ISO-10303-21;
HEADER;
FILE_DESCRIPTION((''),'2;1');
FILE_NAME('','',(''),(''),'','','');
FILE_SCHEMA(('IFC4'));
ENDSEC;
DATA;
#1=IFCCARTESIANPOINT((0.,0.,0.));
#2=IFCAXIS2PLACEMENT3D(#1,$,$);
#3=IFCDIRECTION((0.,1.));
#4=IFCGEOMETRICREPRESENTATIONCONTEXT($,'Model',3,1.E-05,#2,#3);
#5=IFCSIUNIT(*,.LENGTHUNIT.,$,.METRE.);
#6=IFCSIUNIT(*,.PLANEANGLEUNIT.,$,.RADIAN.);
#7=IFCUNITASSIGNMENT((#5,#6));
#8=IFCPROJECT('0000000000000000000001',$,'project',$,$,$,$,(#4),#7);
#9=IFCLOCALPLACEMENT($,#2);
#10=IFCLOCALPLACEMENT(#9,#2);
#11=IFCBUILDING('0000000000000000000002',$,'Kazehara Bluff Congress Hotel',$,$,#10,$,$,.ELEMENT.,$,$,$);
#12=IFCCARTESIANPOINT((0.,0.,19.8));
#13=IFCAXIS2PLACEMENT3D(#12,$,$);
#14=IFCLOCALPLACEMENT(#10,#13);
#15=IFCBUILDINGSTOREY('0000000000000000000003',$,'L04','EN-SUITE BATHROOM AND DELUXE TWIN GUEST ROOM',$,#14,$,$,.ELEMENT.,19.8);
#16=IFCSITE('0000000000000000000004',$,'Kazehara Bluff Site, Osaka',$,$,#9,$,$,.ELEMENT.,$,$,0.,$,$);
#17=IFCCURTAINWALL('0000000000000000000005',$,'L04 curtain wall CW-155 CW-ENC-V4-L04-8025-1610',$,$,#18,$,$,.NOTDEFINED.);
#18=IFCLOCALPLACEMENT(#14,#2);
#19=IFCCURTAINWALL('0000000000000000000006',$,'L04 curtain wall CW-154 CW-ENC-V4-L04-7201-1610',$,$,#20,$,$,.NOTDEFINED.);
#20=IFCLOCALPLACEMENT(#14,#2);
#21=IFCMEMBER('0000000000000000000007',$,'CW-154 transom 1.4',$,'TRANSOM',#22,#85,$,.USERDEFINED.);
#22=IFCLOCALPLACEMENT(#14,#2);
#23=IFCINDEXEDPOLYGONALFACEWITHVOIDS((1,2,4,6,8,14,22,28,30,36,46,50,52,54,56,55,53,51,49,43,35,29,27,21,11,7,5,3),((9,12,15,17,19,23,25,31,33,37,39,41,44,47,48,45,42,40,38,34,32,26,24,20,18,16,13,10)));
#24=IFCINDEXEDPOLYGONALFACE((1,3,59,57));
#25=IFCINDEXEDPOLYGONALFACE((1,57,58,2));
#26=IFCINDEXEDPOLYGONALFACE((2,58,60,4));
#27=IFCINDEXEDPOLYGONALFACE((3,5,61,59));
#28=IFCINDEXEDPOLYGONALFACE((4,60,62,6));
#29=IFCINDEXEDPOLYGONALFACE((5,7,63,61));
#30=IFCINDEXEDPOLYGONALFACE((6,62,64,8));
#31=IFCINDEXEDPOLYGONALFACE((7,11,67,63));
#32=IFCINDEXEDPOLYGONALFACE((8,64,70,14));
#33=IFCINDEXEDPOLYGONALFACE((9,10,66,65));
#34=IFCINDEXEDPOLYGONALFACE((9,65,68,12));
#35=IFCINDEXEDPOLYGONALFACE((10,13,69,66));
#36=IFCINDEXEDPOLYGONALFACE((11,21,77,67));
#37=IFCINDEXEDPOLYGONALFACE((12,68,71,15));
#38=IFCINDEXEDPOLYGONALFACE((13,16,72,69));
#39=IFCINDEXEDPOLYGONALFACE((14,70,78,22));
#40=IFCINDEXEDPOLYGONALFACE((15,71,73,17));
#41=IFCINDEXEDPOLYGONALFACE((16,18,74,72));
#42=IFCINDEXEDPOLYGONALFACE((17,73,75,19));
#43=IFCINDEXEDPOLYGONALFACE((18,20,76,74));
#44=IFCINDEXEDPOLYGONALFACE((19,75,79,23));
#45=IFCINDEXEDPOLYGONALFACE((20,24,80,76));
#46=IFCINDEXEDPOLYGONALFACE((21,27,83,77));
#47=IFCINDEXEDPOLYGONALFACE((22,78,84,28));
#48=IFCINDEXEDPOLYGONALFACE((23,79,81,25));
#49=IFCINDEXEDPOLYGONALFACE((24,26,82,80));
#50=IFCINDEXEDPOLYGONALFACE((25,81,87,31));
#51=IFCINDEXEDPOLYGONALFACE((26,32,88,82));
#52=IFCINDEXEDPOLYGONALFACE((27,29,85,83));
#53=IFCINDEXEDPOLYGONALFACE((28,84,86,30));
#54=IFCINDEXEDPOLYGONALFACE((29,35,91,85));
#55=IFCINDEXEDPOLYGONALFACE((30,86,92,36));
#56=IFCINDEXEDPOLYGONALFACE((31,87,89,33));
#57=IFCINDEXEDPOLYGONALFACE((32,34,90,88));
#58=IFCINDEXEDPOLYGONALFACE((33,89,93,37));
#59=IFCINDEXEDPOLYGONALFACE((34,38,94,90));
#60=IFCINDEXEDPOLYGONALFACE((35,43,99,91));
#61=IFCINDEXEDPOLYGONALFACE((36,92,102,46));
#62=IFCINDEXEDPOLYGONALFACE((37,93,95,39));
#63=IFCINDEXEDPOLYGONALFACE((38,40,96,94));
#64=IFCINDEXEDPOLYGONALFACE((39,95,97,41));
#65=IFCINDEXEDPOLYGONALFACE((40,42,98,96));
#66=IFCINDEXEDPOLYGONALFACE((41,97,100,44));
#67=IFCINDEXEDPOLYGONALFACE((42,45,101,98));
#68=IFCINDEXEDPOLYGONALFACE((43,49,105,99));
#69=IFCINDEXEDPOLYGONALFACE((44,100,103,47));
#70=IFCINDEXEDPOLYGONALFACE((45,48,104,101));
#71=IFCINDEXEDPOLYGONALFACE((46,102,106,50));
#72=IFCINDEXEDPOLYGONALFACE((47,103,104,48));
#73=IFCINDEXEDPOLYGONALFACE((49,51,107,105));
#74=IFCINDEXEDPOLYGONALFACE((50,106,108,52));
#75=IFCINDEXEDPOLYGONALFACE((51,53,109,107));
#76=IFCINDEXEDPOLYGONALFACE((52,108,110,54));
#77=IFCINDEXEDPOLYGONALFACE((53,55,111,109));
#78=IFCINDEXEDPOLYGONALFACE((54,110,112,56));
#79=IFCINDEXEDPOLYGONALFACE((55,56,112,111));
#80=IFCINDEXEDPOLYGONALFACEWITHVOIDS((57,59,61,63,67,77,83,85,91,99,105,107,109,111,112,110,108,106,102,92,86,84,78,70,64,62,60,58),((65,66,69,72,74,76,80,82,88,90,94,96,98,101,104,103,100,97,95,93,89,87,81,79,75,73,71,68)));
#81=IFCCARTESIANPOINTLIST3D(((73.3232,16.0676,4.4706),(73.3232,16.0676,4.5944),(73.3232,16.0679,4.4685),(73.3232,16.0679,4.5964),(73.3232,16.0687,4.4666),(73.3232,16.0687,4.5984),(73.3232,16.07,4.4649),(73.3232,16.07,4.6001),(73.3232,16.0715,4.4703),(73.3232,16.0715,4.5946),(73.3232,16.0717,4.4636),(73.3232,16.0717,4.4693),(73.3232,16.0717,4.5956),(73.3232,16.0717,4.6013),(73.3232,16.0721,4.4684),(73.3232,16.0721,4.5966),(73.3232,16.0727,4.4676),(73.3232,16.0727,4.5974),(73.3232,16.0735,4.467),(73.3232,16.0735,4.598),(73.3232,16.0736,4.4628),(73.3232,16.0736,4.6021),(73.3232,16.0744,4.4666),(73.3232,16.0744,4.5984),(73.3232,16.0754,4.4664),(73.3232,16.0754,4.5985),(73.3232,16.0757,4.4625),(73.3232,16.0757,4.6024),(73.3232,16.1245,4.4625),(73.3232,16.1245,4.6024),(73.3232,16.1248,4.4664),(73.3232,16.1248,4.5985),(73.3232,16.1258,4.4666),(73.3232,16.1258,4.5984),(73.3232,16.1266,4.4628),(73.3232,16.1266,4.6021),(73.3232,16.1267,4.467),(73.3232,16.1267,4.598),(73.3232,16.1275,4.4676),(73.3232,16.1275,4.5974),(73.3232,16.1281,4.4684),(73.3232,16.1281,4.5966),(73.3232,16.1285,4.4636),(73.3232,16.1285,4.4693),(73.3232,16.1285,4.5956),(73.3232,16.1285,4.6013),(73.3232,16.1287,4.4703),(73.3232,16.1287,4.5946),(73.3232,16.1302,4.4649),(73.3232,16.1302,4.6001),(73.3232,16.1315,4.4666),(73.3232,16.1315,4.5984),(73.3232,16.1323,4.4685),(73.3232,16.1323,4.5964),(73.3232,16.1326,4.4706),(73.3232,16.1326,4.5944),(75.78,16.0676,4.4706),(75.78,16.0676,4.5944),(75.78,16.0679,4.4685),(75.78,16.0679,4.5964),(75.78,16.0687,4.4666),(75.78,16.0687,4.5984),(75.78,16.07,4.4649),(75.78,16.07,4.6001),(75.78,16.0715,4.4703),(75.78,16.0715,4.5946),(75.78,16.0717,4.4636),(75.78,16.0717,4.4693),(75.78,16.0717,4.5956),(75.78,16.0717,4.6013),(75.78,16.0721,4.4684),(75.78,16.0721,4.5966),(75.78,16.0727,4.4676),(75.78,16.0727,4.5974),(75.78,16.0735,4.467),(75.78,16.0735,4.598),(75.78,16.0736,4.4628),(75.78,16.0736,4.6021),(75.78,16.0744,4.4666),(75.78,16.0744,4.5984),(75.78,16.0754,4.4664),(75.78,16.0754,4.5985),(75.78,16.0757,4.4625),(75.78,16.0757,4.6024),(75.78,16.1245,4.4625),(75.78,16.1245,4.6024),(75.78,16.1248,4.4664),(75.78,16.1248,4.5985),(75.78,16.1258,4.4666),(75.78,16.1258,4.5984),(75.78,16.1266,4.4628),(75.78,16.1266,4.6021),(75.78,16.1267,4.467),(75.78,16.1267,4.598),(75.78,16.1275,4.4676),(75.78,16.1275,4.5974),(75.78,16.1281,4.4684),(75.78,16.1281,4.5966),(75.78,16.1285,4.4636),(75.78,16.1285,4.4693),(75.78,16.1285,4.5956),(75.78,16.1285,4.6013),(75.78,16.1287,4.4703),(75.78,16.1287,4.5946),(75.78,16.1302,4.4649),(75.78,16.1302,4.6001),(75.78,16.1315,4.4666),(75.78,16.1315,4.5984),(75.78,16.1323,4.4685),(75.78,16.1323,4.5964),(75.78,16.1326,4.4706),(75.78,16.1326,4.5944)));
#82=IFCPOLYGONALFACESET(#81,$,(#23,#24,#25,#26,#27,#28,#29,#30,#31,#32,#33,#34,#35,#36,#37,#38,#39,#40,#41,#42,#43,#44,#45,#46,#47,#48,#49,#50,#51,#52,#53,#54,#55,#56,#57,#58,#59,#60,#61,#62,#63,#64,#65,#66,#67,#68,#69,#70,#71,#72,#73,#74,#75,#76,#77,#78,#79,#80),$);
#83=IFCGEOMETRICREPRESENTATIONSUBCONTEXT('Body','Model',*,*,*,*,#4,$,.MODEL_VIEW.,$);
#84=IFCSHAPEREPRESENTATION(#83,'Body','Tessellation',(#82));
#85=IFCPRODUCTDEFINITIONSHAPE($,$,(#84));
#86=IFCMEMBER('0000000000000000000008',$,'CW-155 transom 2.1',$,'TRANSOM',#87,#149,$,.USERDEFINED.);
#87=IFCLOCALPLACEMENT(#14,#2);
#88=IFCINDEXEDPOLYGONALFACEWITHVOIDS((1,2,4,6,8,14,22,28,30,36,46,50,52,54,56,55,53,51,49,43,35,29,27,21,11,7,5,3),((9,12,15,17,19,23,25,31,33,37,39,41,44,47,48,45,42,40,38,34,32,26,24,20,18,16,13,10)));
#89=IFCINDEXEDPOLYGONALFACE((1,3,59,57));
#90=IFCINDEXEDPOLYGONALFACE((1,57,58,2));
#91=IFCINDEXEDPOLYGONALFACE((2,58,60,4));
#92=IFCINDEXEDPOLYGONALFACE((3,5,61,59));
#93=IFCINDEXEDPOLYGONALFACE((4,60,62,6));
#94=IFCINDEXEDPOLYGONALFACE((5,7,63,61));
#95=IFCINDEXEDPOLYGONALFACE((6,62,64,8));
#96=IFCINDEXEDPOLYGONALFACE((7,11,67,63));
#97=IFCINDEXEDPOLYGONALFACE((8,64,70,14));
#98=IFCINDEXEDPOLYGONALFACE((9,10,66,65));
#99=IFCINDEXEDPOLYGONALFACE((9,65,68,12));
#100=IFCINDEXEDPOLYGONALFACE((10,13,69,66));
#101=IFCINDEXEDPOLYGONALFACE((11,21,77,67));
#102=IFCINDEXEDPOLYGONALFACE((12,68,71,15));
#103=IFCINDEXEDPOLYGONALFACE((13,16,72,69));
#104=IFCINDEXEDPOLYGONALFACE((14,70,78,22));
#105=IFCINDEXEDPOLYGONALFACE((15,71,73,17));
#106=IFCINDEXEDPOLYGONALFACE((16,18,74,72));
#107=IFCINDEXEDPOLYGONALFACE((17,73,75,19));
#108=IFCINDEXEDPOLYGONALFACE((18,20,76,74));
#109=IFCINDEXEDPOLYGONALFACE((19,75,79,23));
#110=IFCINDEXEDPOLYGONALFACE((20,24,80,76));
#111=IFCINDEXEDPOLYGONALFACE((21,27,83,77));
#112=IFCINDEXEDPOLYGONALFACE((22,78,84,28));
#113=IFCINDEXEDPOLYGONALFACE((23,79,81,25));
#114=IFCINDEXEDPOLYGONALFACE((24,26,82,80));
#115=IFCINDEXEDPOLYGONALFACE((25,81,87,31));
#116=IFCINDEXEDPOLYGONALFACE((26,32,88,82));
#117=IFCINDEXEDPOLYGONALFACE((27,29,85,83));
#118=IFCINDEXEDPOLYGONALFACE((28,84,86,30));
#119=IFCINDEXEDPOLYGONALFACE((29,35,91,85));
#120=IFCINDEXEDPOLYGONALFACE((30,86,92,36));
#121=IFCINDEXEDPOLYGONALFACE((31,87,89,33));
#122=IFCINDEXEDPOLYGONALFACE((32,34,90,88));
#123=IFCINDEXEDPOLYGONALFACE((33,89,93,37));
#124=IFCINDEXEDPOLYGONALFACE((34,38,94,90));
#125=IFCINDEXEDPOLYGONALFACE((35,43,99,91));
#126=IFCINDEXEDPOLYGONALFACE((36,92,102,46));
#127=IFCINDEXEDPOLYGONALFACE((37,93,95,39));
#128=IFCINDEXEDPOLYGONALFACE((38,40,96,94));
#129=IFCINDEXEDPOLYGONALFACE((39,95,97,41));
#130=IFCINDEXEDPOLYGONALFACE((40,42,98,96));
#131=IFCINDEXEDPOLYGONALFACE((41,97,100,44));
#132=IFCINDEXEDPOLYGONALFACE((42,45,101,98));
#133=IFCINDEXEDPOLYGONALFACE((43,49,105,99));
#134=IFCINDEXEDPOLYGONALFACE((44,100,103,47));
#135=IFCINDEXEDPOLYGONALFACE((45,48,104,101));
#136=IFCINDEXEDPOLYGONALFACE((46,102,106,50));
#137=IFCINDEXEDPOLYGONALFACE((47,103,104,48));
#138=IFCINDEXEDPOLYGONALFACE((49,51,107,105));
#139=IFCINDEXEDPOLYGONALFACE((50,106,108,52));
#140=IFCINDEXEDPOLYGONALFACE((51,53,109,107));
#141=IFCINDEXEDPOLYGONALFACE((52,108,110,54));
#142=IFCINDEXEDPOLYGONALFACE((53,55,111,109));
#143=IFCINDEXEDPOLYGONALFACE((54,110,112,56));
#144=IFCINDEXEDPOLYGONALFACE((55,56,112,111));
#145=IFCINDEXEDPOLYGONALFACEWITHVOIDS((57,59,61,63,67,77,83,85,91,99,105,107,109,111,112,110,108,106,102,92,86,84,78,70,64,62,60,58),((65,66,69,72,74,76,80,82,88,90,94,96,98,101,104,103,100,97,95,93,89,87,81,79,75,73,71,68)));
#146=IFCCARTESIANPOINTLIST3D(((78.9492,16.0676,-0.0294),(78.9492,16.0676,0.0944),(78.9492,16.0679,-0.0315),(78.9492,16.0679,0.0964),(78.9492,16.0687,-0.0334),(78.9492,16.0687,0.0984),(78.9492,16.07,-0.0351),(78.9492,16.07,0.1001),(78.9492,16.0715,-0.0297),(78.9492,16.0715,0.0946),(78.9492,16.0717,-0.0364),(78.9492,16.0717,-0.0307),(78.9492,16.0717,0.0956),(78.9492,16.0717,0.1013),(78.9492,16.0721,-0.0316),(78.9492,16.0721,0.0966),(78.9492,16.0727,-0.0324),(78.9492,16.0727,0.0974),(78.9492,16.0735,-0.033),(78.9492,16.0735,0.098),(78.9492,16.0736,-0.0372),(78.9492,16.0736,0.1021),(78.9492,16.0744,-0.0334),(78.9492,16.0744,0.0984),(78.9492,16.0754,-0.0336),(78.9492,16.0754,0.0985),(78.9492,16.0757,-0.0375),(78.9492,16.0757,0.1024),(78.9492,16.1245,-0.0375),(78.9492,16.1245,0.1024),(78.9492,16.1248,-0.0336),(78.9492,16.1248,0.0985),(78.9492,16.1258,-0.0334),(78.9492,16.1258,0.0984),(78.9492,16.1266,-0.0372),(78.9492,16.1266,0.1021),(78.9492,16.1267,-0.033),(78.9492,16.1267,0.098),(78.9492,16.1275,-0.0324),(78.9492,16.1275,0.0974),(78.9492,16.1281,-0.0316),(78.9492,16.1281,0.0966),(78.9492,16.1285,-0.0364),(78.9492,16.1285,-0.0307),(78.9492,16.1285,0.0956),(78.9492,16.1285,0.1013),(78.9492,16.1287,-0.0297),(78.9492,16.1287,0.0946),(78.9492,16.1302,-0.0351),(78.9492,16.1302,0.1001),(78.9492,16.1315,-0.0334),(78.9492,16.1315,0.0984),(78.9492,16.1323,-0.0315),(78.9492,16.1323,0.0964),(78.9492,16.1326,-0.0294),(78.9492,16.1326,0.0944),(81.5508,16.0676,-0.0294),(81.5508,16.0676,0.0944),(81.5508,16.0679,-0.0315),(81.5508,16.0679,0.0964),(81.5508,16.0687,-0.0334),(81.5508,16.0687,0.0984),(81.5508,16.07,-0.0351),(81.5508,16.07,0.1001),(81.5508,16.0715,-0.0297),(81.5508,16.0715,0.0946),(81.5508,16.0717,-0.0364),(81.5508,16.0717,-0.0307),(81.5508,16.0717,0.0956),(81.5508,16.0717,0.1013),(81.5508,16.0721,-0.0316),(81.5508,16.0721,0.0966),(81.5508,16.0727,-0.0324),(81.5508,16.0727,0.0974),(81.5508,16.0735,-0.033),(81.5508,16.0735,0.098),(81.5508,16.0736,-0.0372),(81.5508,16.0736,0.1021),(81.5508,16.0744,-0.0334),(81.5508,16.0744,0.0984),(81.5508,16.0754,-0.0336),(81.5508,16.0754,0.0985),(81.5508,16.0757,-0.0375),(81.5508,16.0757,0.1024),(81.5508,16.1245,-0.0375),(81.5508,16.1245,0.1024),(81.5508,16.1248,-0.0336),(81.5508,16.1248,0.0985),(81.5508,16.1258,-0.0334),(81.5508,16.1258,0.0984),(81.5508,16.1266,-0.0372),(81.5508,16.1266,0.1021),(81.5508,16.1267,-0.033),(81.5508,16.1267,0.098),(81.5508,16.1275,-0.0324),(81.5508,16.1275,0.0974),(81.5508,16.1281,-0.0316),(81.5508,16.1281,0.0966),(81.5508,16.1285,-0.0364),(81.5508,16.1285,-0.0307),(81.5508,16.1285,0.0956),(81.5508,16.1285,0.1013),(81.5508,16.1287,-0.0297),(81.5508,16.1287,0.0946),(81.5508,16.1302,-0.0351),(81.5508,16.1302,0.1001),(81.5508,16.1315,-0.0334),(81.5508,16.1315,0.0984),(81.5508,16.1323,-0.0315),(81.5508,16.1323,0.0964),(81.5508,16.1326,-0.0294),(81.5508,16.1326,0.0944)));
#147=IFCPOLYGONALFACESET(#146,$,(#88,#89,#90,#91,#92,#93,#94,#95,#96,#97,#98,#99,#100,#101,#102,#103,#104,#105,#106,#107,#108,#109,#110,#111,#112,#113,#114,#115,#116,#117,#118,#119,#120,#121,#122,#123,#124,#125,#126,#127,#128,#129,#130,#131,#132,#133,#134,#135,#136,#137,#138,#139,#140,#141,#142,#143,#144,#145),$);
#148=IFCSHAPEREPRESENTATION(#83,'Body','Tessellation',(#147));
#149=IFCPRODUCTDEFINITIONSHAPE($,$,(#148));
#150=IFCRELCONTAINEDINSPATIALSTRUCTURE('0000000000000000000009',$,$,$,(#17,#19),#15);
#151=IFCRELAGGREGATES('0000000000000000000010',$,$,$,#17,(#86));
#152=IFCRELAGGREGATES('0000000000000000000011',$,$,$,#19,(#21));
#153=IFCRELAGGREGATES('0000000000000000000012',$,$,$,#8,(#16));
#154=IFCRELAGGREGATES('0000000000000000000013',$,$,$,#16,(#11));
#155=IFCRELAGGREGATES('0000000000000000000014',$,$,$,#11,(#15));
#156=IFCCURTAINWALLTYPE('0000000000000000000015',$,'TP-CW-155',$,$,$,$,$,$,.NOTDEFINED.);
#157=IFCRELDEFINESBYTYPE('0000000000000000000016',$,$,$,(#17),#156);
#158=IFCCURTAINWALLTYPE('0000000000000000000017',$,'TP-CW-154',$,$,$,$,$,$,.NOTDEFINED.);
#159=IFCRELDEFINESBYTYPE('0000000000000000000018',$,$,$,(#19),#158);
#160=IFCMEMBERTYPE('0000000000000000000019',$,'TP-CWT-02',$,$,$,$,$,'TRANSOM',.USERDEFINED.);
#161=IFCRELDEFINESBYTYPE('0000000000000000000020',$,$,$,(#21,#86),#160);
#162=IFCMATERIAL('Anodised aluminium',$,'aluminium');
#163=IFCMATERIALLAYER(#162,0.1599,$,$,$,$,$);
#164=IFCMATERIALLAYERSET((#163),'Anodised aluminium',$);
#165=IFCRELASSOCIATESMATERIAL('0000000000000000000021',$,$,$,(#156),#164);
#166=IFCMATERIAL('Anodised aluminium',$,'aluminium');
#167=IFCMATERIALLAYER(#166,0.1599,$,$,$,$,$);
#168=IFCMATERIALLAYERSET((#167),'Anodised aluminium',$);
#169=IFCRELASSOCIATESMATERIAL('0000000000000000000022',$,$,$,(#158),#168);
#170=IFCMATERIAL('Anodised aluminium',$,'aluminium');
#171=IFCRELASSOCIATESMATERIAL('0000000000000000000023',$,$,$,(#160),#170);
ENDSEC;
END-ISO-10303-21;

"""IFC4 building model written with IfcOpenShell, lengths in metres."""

from ifc_helpers import new_model, si_unit, direction, frame, origin, origin_2d, place, context, subcontext, project, spatial, hollow_rectangle, extrude, material, layer, layer_set, material_profile, profile_set, type_object, element, aggregate, save


model = new_model("IFC4")

# Units and contexts
model_context = context("Model", 3, precision=1e-05, world=origin(), true_north=direction((0.0, 1.0)))
body_context = subcontext(model_context, "Body", "Model", "MODEL_VIEW")
ifc_project = project(units=[si_unit("LENGTHUNIT", "METRE"), si_unit("PLANEANGLEUNIT", "RADIAN")], contexts=[model_context])

# Site, building, storey
site_placement = place(None, origin())
site = spatial("IfcSite", under=ifc_project, at=site_placement, Name="Kazehara Bluff Site, Osaka", CompositionType="ELEMENT", RefElevation=0.0)
building_placement = place(site_placement, origin())
building = spatial("IfcBuilding", under=site, at=building_placement, Name="Kazehara Bluff Congress Hotel", CompositionType="ELEMENT")
storey_placement = place(building_placement, frame((0.0, 0.0, 19.8)))
storey = spatial("IfcBuildingStorey", under=building, at=storey_placement, Name="L04", Description="EN-SUITE BATHROOM AND DELUXE TWIN GUEST ROOM", CompositionType="ELEMENT", Elevation=19.8)

# Curtain walls, member
ifc_material_1 = material(Name="Anodised aluminium", Category="aluminium")
ifc_layer_1 = layer(ifc_material_1, 0.1599)
ifc_layer_set_1 = layer_set([ifc_layer_1], Name="Anodised aluminium")
curtain_wall_type_1 = type_object("IfcCurtainWallType", Name="TP-CW-155", PredefinedType="NOTDEFINED", material=ifc_layer_set_1)
curtain_wall_1_placement = place(storey_placement, origin())
curtain_wall_1 = element("IfcCurtainWall", 1, at=curtain_wall_1_placement, inside=storey, type_object=curtain_wall_type_1, Name="L04 curtain wall CW-155 CW-ENC-V4-L04-8025-1610", PredefinedType="NOTDEFINED")
ifc_material_2 = material(Name="Anodised aluminium", Category="aluminium")
ifc_layer_2 = layer(ifc_material_2, 0.1599)
ifc_layer_set_2 = layer_set([ifc_layer_2], Name="Anodised aluminium")
curtain_wall_type_2 = type_object("IfcCurtainWallType", Name="TP-CW-154", PredefinedType="NOTDEFINED", material=ifc_layer_set_2)
curtain_wall_2_placement = place(storey_placement, origin())
curtain_wall_2 = element("IfcCurtainWall", 2, at=curtain_wall_2_placement, inside=storey, type_object=curtain_wall_type_2, Name="L04 curtain wall CW-154 CW-ENC-V4-L04-7201-1610", PredefinedType="NOTDEFINED")
ifc_material_3 = material(Name="Anodised aluminium", Category="aluminium")
ifc_material_profile_1 = material_profile(ifc_material_3, hollow_rectangle(XDim=0.0649, YDim=0.1399, WallThickness=0.0039, InnerFilletRadius=0.0039, OuterFilletRadius=0.0081, at=origin_2d()))
ifc_profile_set_1 = profile_set([ifc_material_profile_1], Name="Anodised aluminium")
member_type_1 = type_object("IfcMemberType", Name="TP-CWT-02", ElementType="TRANSOM", PredefinedType="USERDEFINED", material=ifc_profile_set_1)
member_1_placement = place(storey_placement, frame((75.78, 16.1001, 4.5325), z_axis=(-1.0, 0.0, 0.0), x_axis=(0.0, -1.0, 0.0)))
member_1 = element("IfcMember", 3, at=member_1_placement, type_object=member_type_1, Name="CW-154 transom 1.4", ObjectType="TRANSOM", PredefinedType="USERDEFINED", context=body_context, shape_type="SweptSolid", body=[
    extrude(hollow_rectangle(XDim=0.0649, YDim=0.1399, WallThickness=0.0039, InnerFilletRadius=0.0039, OuterFilletRadius=0.0081, at=origin_2d()), origin(), (0.0, 0.0, 1.0), 2.4568),
])

# Member
member_2_placement = place(storey_placement, frame((81.5508, 16.1001, 0.0325), z_axis=(-1.0, 0.0, 0.0), x_axis=(0.0, -1.0, 0.0)))
member_2 = element("IfcMember", 4, at=member_2_placement, type_object=member_type_1, Name="CW-155 transom 2.1", ObjectType="TRANSOM", PredefinedType="USERDEFINED", context=body_context, shape_type="SweptSolid", body=[
    extrude(hollow_rectangle(XDim=0.0649, YDim=0.1399, WallThickness=0.0039, InnerFilletRadius=0.0039, OuterFilletRadius=0.0081, at=origin_2d()), origin(), (0.0, 0.0, 1.0), 2.6016),
])

aggregate(curtain_wall_1, [member_2])
aggregate(curtain_wall_2, [member_1])

save(model, "model.ifc")
